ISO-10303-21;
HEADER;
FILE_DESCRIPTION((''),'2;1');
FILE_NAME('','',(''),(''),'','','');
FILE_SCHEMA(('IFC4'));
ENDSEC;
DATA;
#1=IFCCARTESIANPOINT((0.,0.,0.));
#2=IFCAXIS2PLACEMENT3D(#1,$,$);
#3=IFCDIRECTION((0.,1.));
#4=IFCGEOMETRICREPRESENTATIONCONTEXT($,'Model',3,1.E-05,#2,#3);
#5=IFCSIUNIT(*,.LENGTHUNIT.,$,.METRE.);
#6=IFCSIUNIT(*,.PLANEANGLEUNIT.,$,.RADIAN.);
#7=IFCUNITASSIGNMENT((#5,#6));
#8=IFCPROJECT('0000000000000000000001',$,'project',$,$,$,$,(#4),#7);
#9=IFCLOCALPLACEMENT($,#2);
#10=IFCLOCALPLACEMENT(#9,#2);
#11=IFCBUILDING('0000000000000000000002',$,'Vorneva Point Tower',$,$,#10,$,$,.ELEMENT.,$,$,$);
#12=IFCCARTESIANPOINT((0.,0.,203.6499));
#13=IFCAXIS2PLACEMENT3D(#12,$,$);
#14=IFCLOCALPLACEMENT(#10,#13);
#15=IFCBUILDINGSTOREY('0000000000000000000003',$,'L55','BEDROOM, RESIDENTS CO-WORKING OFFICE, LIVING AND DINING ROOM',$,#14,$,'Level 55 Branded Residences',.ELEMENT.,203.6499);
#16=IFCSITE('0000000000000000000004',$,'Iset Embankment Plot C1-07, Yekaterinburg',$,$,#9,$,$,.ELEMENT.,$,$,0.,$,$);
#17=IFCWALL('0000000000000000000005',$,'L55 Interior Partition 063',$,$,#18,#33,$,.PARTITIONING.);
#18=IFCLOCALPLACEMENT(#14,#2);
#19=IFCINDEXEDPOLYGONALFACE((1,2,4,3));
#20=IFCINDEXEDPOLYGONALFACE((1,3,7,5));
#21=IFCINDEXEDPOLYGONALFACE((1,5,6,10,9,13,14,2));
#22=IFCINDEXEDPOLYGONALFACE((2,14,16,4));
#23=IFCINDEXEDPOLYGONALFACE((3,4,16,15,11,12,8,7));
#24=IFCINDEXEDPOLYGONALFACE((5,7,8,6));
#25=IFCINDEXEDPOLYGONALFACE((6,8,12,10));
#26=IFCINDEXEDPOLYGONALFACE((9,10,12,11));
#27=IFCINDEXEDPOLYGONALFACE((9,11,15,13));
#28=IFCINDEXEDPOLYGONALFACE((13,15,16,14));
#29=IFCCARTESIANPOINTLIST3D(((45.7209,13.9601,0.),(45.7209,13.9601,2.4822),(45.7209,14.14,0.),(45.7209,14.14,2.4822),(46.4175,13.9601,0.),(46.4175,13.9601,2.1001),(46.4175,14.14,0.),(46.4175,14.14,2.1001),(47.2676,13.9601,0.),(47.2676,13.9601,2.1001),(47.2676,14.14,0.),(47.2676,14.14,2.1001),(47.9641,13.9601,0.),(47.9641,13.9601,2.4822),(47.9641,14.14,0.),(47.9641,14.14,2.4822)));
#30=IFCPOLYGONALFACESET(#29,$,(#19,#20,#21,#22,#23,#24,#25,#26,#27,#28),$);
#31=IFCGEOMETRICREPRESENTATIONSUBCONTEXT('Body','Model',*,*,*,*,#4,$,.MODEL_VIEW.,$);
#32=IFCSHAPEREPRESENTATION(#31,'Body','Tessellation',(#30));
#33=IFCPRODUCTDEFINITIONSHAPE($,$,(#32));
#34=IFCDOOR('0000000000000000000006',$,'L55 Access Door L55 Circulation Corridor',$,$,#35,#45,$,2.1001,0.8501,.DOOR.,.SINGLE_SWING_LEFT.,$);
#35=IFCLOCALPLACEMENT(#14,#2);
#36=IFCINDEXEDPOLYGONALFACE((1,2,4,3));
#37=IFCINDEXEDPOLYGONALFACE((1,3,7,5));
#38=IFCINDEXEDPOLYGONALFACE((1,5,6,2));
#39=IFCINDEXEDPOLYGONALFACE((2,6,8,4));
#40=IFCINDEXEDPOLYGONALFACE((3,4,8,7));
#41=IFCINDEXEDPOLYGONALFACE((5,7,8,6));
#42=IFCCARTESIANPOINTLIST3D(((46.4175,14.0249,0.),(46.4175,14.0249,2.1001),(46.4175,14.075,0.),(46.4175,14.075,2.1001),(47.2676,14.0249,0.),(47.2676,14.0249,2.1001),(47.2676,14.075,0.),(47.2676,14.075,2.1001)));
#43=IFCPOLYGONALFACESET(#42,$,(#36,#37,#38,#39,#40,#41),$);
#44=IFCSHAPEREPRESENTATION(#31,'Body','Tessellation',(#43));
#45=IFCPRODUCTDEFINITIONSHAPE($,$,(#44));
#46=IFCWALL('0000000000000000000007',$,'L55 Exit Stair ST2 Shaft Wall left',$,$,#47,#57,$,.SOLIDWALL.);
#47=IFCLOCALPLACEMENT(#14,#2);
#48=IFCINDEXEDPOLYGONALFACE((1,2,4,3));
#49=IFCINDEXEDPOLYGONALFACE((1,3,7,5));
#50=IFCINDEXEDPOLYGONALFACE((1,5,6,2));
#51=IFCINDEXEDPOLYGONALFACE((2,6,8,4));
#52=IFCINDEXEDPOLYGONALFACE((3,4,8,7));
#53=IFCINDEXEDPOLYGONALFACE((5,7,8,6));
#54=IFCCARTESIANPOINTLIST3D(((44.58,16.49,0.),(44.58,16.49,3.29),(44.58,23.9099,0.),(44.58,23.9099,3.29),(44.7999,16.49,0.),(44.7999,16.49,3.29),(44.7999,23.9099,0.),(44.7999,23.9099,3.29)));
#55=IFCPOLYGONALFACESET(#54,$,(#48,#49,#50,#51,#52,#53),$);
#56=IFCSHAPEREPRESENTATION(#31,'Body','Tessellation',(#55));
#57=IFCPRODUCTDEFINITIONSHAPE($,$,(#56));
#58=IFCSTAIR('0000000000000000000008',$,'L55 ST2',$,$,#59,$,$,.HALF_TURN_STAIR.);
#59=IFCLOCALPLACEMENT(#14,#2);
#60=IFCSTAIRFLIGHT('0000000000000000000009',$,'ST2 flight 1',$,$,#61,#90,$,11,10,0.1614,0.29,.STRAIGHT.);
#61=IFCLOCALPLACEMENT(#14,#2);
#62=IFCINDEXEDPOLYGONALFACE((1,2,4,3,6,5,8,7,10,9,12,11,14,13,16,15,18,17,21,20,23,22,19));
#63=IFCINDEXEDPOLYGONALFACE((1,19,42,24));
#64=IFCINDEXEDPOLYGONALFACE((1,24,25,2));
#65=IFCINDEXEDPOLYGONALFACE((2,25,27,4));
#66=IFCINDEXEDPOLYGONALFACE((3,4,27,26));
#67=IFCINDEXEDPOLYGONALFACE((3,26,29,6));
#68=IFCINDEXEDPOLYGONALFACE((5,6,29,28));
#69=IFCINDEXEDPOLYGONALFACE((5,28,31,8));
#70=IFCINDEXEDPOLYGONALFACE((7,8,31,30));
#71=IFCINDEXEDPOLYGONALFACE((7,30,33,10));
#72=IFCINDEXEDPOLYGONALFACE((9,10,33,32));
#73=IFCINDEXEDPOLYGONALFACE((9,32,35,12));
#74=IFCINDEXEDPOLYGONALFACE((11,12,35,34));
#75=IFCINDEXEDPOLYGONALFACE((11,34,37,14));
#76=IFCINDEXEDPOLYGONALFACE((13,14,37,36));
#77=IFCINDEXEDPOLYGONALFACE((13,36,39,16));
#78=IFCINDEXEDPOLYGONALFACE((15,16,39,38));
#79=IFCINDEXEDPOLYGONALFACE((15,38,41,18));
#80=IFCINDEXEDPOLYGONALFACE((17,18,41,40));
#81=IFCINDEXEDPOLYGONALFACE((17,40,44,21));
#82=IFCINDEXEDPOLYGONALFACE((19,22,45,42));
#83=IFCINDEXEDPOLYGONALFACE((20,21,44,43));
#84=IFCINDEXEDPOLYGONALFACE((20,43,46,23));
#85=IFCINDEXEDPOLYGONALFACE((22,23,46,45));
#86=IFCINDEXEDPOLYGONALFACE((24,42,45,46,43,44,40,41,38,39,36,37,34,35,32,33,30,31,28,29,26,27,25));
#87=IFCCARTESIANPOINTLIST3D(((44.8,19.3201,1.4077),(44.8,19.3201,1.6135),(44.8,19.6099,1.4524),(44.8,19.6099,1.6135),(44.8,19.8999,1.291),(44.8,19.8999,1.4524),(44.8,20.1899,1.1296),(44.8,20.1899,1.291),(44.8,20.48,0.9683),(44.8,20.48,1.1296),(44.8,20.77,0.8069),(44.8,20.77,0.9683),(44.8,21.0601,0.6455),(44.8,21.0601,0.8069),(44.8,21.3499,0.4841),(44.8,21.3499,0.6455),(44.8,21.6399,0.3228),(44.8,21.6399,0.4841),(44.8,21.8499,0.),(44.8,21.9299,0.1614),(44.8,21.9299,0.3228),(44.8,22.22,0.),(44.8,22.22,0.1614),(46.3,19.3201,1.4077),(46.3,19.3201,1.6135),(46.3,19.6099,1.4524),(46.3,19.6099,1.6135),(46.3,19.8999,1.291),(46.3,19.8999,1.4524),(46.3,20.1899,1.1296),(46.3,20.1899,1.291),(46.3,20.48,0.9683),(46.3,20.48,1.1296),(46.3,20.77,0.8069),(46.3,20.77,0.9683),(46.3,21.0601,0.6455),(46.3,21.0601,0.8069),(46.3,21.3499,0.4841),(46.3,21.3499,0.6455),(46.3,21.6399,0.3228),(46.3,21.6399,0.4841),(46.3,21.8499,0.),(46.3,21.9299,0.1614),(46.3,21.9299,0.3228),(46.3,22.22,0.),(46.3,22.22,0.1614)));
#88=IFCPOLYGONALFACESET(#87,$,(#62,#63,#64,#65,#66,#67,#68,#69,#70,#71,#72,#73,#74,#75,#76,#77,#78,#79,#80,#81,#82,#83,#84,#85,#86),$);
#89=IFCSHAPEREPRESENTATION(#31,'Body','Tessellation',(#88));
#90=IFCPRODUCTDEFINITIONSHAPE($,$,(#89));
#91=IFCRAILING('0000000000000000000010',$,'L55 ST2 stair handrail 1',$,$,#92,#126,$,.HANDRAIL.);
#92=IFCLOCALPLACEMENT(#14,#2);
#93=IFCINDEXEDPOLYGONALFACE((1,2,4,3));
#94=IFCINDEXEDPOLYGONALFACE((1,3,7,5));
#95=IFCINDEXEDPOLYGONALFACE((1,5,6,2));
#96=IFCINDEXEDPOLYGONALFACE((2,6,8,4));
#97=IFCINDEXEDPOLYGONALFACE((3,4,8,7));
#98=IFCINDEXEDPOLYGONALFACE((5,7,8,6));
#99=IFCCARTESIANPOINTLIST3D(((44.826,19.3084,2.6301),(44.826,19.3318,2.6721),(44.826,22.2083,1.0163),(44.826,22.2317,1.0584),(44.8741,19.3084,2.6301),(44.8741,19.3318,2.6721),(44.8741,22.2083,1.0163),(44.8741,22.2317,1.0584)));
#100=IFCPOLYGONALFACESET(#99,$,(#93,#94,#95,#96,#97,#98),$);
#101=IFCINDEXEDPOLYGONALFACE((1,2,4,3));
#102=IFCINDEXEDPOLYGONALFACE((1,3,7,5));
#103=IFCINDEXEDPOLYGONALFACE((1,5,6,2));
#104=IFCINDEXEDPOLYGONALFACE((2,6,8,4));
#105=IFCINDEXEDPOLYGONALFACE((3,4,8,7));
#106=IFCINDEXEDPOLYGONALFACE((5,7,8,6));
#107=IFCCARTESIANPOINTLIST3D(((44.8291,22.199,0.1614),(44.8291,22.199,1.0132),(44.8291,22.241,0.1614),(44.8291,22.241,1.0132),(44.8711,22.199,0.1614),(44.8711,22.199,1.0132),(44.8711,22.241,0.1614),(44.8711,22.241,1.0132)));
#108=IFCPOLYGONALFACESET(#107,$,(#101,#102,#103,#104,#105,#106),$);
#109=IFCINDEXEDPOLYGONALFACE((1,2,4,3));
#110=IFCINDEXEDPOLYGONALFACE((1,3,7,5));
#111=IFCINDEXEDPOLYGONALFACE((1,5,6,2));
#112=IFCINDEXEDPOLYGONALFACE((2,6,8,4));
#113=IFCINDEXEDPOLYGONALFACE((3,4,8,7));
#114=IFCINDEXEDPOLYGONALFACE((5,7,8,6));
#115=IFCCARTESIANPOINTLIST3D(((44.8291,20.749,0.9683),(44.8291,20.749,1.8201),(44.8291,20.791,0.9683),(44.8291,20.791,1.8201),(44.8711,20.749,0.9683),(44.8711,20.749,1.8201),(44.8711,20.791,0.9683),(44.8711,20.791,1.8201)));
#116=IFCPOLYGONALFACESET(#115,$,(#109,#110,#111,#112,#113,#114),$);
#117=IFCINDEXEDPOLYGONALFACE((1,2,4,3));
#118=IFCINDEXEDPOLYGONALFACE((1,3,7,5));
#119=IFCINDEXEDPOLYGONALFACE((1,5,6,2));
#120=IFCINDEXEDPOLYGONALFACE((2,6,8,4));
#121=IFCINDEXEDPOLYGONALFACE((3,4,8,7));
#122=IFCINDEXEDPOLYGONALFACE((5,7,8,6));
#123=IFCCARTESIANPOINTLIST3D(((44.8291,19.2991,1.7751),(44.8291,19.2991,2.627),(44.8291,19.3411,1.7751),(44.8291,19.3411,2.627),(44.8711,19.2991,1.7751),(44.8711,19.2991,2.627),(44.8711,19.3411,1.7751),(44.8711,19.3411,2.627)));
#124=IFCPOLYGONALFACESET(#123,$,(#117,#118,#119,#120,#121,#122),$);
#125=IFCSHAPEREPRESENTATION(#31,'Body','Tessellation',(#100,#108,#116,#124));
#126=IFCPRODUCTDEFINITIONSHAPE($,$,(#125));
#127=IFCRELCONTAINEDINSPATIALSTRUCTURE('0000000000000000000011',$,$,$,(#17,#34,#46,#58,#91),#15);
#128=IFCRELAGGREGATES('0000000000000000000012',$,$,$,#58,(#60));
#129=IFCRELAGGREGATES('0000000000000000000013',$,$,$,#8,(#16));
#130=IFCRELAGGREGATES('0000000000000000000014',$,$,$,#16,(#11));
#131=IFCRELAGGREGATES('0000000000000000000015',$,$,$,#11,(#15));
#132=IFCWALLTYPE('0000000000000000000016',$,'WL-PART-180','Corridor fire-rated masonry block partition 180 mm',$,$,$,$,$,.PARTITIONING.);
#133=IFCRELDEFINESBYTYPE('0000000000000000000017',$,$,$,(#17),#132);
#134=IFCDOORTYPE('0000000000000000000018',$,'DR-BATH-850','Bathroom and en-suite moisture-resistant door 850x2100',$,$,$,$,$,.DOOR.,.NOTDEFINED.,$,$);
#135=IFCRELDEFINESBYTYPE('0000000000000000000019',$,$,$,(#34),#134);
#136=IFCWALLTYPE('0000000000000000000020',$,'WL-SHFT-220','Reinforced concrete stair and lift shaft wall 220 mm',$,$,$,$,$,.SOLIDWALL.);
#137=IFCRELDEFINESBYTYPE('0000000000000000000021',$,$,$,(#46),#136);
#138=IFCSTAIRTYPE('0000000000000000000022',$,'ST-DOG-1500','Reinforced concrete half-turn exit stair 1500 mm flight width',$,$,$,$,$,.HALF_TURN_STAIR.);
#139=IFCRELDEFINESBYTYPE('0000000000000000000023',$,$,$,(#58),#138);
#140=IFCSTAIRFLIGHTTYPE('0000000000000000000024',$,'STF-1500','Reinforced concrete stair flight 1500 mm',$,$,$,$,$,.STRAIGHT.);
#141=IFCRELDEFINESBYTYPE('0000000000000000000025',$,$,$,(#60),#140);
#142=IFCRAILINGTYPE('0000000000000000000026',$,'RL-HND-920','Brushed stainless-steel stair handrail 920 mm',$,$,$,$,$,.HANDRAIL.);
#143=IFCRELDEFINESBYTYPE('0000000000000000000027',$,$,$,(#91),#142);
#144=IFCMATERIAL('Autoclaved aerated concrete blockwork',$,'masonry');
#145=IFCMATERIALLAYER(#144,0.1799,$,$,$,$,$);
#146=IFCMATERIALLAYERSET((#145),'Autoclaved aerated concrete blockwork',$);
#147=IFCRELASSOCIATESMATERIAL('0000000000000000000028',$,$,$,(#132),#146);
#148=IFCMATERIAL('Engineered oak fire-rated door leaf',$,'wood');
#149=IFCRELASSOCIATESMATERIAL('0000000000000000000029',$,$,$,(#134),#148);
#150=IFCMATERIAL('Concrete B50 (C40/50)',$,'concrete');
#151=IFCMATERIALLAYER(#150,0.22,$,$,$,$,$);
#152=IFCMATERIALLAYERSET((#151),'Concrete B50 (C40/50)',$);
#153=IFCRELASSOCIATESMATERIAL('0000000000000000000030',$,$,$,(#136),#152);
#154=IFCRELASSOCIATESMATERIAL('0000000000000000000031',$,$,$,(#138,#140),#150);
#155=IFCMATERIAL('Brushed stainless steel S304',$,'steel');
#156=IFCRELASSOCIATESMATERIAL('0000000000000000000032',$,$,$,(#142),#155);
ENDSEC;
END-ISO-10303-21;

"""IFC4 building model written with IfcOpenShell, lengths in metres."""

from ifc_helpers import new_model, si_unit, direction, frame, frame_2d, origin, origin_2d, place, context, subcontext, project, spatial, polyline, rectangle, outline, extrude, material, layer, layer_set, type_object, element, fill, aggregate, save


model = new_model("IFC4")

# Units and contexts
model_context = context("Model", 3, precision=1e-05, world=origin(), true_north=direction((0.0, 1.0)))
body_context = subcontext(model_context, "Body", "Model", "MODEL_VIEW")
ifc_project = project(units=[si_unit("LENGTHUNIT", "METRE"), si_unit("PLANEANGLEUNIT", "RADIAN")], contexts=[model_context])

# Site, building, storey
site_placement = place(None, origin())
site = spatial("IfcSite", under=ifc_project, at=site_placement, Name="Iset Embankment Plot C1-07, Yekaterinburg", CompositionType="ELEMENT", RefElevation=0.0)
building_placement = place(site_placement, origin())
building = spatial("IfcBuilding", under=site, at=building_placement, Name="Vorneva Point Tower", CompositionType="ELEMENT")
storey_placement = place(building_placement, frame((0.0, 0.0, 203.6499)))
storey = spatial("IfcBuildingStorey", under=building, at=storey_placement, Name="L55", Description="BEDROOM, RESIDENTS CO-WORKING OFFICE, LIVING AND DINING ROOM", LongName="Level 55 Branded Residences", CompositionType="ELEMENT", Elevation=203.6499)

# Shared definitions
ifc_material_1 = material(Name="Concrete B50 (C40/50)", Category="concrete")

# Shared definitions
ifc_material_2 = material(Name="Autoclaved aerated concrete blockwork", Category="masonry")
ifc_layer_1 = layer(ifc_material_2, 0.1799)
ifc_layer_set_1 = layer_set([ifc_layer_1], Name="Autoclaved aerated concrete blockwork")
wall_type_1 = type_object("IfcWallType", Name="WL-PART-180", Description="Corridor fire-rated masonry block partition 180 mm", PredefinedType="PARTITIONING", material=ifc_layer_set_1)

# Wall, opening, door
wall_1_placement = place(storey_placement, frame((45.7209, 14.05, 0.0), z_axis=(0.0, 0.0, 1.0), x_axis=(1.0, 0.0, 0.0)))
wall_1 = element("IfcWall", 1, at=wall_1_placement, inside=storey, type_object=wall_type_1, Name="L55 Interior Partition 063", PredefinedType="PARTITIONING", context=body_context, shape_type="SweptSolid", body=[
    extrude(rectangle(XDim=2.2432, YDim=0.1799, at=frame_2d((1.1216, 0.0))), origin(), (0.0, 0.0, 1.0), 2.4822),
])
opening_1_placement = place(wall_1_placement, frame((0.6965, 0.0, 0.0)))
opening_1 = element("IfcOpeningElement", 2, at=opening_1_placement, cuts=wall_1, PredefinedType="OPENING", context=body_context, shape_type="SweptSolid", body=[
    extrude(rectangle(XDim=0.8501, YDim=2.1001, at=frame_2d((0.425, 1.05))), frame((0.0, 0.105, 0.0), z_axis=(0.0, -1.0, 0.0), x_axis=(1.0, 0.0, 0.0)), (0.0, 0.0, 1.0), 0.2097),
])
ifc_material_3 = material(Name="Engineered oak fire-rated door leaf", Category="wood")
door_type_1 = type_object("IfcDoorType", Name="DR-BATH-850", Description="Bathroom and en-suite moisture-resistant door 850x2100", OperationType="NOTDEFINED", PredefinedType="DOOR", material=ifc_material_3)
door_1_placement = place(opening_1_placement, origin())
door_1 = element("IfcDoor", 3, at=door_1_placement, inside=storey, type_object=door_type_1, Name="L55 Access Door L55 Circulation Corridor", OperationType="SINGLE_SWING_LEFT", OverallHeight=2.1001, OverallWidth=0.8501, PredefinedType="DOOR", context=body_context, shape_type="SweptSolid", body=[
    extrude(rectangle(XDim=0.8501, YDim=2.1001, at=frame_2d((0.425, 1.05))), frame((0.0, 0.0249, 0.0), z_axis=(0.0, -1.0, 0.0), x_axis=(1.0, 0.0, 0.0)), (0.0, 0.0, 1.0), 0.05),
])
fill(opening_1, door_1)
ifc_layer_2 = layer(ifc_material_1, 0.22)
ifc_layer_set_2 = layer_set([ifc_layer_2], Name="Concrete B50 (C40/50)")
wall_type_2 = type_object("IfcWallType", Name="WL-SHFT-220", Description="Reinforced concrete stair and lift shaft wall 220 mm", PredefinedType="SOLIDWALL", material=ifc_layer_set_2)

# Wall
wall_2_placement = place(storey_placement, frame((44.6899, 16.49, 0.0), z_axis=(0.0, 0.0, 1.0), x_axis=(0.0, 1.0, 0.0)))
element("IfcWall", 4, at=wall_2_placement, inside=storey, type_object=wall_type_2, Name="L55 Exit Stair ST2 Shaft Wall left", PredefinedType="SOLIDWALL", context=body_context, shape_type="SweptSolid", body=[
    extrude(rectangle(XDim=7.4199, YDim=0.22, at=frame_2d((3.71, 0.0))), origin(), (0.0, 0.0, 1.0), 3.29),
])

# Stair, stair flight
stair_type = type_object("IfcStairType", Name="ST-DOG-1500", Description="Reinforced concrete half-turn exit stair 1500 mm flight width", PredefinedType="HALF_TURN_STAIR", material=ifc_material_1)
stair_placement = place(storey_placement, origin())
stair = element("IfcStair", 5, at=stair_placement, inside=storey, type_object=stair_type, Name="L55 ST2", PredefinedType="HALF_TURN_STAIR")
stair_flight_type = type_object("IfcStairFlightType", Name="STF-1500", Description="Reinforced concrete stair flight 1500 mm", PredefinedType="STRAIGHT", material=ifc_material_1)
stair_flight_placement = place(storey_placement, frame((45.55, 22.22, 0.0), z_axis=(0.0, 0.0, 1.0), x_axis=(0.0, -1.0, 0.0)))
stair_flight = element("IfcStairFlight", 6, at=stair_flight_placement, type_object=stair_flight_type, Name="ST2 flight 1", NumberOfRisers=11, NumberOfTreads=10, PredefinedType="STRAIGHT", RiserHeight=0.1614, TreadLength=0.29, context=body_context, shape_type="SweptSolid", body=[
    extrude(outline(polyline([(0.0, 0.0), (0.0, 0.1614), (0.29, 0.1614), (0.29, 0.3228), (0.5801, 0.3228), (0.5801, 0.4841), (0.8701, 0.4841), (0.8701, 0.6455), (1.1599, 0.6455), (1.1599, 0.8069), (1.45, 0.8069), (1.45, 0.9683), (1.74, 0.9683), (1.74, 1.1296), (2.03, 1.1296), (2.03, 1.291), (2.3201, 1.291), (2.3201, 1.4524), (2.6101, 1.4524), (2.6101, 1.6135), (2.8999, 1.6135), (2.8999, 1.7749), (2.8999, 1.4077), (0.3701, 0.0), (0.0, 0.0)])), frame((0.0, 0.75, 0.0), z_axis=(0.0, -1.0, 0.0), x_axis=(1.0, 0.0, 0.0)), (0.0, 0.0, 1.0), 1.5),
])
aggregate(stair, [stair_flight])

# Railing
ifc_material_4 = material(Name="Brushed stainless steel S304", Category="steel")
railing_type = type_object("IfcRailingType", Name="RL-HND-920", Description="Brushed stainless-steel stair handrail 920 mm", PredefinedType="HANDRAIL", material=ifc_material_4)
railing_placement = place(storey_placement, frame((44.8501, 22.22, 0.1614)))
element("IfcRailing", 7, at=railing_placement, inside=storey, type_object=railing_type, Name="L55 ST2 stair handrail 1", PredefinedType="HANDRAIL", context=body_context, shape_type="SweptSolid", body=[
    extrude(rectangle(XDim=0.0481, YDim=0.0481, at=origin_2d()), frame((0.0, 0.0, 0.876), z_axis=(0.0, -0.87381, 0.486267), x_axis=(1.0, 0.0, 0.0)), (0.0, 0.0, 1.0), 3.3186),
    extrude(rectangle(XDim=0.042, YDim=0.042, at=origin_2d()), origin(), (0.0, 0.0, 1.0), 0.8518),
    extrude(rectangle(XDim=0.042, YDim=0.042, at=origin_2d()), frame((0.0, -1.45, 0.8069)), (0.0, 0.0, 1.0), 0.8518),
    extrude(rectangle(XDim=0.042, YDim=0.042, at=origin_2d()), frame((0.0, -2.8999, 1.6138)), (0.0, 0.0, 1.0), 0.8518),
])

save(model, "model.ifc")
